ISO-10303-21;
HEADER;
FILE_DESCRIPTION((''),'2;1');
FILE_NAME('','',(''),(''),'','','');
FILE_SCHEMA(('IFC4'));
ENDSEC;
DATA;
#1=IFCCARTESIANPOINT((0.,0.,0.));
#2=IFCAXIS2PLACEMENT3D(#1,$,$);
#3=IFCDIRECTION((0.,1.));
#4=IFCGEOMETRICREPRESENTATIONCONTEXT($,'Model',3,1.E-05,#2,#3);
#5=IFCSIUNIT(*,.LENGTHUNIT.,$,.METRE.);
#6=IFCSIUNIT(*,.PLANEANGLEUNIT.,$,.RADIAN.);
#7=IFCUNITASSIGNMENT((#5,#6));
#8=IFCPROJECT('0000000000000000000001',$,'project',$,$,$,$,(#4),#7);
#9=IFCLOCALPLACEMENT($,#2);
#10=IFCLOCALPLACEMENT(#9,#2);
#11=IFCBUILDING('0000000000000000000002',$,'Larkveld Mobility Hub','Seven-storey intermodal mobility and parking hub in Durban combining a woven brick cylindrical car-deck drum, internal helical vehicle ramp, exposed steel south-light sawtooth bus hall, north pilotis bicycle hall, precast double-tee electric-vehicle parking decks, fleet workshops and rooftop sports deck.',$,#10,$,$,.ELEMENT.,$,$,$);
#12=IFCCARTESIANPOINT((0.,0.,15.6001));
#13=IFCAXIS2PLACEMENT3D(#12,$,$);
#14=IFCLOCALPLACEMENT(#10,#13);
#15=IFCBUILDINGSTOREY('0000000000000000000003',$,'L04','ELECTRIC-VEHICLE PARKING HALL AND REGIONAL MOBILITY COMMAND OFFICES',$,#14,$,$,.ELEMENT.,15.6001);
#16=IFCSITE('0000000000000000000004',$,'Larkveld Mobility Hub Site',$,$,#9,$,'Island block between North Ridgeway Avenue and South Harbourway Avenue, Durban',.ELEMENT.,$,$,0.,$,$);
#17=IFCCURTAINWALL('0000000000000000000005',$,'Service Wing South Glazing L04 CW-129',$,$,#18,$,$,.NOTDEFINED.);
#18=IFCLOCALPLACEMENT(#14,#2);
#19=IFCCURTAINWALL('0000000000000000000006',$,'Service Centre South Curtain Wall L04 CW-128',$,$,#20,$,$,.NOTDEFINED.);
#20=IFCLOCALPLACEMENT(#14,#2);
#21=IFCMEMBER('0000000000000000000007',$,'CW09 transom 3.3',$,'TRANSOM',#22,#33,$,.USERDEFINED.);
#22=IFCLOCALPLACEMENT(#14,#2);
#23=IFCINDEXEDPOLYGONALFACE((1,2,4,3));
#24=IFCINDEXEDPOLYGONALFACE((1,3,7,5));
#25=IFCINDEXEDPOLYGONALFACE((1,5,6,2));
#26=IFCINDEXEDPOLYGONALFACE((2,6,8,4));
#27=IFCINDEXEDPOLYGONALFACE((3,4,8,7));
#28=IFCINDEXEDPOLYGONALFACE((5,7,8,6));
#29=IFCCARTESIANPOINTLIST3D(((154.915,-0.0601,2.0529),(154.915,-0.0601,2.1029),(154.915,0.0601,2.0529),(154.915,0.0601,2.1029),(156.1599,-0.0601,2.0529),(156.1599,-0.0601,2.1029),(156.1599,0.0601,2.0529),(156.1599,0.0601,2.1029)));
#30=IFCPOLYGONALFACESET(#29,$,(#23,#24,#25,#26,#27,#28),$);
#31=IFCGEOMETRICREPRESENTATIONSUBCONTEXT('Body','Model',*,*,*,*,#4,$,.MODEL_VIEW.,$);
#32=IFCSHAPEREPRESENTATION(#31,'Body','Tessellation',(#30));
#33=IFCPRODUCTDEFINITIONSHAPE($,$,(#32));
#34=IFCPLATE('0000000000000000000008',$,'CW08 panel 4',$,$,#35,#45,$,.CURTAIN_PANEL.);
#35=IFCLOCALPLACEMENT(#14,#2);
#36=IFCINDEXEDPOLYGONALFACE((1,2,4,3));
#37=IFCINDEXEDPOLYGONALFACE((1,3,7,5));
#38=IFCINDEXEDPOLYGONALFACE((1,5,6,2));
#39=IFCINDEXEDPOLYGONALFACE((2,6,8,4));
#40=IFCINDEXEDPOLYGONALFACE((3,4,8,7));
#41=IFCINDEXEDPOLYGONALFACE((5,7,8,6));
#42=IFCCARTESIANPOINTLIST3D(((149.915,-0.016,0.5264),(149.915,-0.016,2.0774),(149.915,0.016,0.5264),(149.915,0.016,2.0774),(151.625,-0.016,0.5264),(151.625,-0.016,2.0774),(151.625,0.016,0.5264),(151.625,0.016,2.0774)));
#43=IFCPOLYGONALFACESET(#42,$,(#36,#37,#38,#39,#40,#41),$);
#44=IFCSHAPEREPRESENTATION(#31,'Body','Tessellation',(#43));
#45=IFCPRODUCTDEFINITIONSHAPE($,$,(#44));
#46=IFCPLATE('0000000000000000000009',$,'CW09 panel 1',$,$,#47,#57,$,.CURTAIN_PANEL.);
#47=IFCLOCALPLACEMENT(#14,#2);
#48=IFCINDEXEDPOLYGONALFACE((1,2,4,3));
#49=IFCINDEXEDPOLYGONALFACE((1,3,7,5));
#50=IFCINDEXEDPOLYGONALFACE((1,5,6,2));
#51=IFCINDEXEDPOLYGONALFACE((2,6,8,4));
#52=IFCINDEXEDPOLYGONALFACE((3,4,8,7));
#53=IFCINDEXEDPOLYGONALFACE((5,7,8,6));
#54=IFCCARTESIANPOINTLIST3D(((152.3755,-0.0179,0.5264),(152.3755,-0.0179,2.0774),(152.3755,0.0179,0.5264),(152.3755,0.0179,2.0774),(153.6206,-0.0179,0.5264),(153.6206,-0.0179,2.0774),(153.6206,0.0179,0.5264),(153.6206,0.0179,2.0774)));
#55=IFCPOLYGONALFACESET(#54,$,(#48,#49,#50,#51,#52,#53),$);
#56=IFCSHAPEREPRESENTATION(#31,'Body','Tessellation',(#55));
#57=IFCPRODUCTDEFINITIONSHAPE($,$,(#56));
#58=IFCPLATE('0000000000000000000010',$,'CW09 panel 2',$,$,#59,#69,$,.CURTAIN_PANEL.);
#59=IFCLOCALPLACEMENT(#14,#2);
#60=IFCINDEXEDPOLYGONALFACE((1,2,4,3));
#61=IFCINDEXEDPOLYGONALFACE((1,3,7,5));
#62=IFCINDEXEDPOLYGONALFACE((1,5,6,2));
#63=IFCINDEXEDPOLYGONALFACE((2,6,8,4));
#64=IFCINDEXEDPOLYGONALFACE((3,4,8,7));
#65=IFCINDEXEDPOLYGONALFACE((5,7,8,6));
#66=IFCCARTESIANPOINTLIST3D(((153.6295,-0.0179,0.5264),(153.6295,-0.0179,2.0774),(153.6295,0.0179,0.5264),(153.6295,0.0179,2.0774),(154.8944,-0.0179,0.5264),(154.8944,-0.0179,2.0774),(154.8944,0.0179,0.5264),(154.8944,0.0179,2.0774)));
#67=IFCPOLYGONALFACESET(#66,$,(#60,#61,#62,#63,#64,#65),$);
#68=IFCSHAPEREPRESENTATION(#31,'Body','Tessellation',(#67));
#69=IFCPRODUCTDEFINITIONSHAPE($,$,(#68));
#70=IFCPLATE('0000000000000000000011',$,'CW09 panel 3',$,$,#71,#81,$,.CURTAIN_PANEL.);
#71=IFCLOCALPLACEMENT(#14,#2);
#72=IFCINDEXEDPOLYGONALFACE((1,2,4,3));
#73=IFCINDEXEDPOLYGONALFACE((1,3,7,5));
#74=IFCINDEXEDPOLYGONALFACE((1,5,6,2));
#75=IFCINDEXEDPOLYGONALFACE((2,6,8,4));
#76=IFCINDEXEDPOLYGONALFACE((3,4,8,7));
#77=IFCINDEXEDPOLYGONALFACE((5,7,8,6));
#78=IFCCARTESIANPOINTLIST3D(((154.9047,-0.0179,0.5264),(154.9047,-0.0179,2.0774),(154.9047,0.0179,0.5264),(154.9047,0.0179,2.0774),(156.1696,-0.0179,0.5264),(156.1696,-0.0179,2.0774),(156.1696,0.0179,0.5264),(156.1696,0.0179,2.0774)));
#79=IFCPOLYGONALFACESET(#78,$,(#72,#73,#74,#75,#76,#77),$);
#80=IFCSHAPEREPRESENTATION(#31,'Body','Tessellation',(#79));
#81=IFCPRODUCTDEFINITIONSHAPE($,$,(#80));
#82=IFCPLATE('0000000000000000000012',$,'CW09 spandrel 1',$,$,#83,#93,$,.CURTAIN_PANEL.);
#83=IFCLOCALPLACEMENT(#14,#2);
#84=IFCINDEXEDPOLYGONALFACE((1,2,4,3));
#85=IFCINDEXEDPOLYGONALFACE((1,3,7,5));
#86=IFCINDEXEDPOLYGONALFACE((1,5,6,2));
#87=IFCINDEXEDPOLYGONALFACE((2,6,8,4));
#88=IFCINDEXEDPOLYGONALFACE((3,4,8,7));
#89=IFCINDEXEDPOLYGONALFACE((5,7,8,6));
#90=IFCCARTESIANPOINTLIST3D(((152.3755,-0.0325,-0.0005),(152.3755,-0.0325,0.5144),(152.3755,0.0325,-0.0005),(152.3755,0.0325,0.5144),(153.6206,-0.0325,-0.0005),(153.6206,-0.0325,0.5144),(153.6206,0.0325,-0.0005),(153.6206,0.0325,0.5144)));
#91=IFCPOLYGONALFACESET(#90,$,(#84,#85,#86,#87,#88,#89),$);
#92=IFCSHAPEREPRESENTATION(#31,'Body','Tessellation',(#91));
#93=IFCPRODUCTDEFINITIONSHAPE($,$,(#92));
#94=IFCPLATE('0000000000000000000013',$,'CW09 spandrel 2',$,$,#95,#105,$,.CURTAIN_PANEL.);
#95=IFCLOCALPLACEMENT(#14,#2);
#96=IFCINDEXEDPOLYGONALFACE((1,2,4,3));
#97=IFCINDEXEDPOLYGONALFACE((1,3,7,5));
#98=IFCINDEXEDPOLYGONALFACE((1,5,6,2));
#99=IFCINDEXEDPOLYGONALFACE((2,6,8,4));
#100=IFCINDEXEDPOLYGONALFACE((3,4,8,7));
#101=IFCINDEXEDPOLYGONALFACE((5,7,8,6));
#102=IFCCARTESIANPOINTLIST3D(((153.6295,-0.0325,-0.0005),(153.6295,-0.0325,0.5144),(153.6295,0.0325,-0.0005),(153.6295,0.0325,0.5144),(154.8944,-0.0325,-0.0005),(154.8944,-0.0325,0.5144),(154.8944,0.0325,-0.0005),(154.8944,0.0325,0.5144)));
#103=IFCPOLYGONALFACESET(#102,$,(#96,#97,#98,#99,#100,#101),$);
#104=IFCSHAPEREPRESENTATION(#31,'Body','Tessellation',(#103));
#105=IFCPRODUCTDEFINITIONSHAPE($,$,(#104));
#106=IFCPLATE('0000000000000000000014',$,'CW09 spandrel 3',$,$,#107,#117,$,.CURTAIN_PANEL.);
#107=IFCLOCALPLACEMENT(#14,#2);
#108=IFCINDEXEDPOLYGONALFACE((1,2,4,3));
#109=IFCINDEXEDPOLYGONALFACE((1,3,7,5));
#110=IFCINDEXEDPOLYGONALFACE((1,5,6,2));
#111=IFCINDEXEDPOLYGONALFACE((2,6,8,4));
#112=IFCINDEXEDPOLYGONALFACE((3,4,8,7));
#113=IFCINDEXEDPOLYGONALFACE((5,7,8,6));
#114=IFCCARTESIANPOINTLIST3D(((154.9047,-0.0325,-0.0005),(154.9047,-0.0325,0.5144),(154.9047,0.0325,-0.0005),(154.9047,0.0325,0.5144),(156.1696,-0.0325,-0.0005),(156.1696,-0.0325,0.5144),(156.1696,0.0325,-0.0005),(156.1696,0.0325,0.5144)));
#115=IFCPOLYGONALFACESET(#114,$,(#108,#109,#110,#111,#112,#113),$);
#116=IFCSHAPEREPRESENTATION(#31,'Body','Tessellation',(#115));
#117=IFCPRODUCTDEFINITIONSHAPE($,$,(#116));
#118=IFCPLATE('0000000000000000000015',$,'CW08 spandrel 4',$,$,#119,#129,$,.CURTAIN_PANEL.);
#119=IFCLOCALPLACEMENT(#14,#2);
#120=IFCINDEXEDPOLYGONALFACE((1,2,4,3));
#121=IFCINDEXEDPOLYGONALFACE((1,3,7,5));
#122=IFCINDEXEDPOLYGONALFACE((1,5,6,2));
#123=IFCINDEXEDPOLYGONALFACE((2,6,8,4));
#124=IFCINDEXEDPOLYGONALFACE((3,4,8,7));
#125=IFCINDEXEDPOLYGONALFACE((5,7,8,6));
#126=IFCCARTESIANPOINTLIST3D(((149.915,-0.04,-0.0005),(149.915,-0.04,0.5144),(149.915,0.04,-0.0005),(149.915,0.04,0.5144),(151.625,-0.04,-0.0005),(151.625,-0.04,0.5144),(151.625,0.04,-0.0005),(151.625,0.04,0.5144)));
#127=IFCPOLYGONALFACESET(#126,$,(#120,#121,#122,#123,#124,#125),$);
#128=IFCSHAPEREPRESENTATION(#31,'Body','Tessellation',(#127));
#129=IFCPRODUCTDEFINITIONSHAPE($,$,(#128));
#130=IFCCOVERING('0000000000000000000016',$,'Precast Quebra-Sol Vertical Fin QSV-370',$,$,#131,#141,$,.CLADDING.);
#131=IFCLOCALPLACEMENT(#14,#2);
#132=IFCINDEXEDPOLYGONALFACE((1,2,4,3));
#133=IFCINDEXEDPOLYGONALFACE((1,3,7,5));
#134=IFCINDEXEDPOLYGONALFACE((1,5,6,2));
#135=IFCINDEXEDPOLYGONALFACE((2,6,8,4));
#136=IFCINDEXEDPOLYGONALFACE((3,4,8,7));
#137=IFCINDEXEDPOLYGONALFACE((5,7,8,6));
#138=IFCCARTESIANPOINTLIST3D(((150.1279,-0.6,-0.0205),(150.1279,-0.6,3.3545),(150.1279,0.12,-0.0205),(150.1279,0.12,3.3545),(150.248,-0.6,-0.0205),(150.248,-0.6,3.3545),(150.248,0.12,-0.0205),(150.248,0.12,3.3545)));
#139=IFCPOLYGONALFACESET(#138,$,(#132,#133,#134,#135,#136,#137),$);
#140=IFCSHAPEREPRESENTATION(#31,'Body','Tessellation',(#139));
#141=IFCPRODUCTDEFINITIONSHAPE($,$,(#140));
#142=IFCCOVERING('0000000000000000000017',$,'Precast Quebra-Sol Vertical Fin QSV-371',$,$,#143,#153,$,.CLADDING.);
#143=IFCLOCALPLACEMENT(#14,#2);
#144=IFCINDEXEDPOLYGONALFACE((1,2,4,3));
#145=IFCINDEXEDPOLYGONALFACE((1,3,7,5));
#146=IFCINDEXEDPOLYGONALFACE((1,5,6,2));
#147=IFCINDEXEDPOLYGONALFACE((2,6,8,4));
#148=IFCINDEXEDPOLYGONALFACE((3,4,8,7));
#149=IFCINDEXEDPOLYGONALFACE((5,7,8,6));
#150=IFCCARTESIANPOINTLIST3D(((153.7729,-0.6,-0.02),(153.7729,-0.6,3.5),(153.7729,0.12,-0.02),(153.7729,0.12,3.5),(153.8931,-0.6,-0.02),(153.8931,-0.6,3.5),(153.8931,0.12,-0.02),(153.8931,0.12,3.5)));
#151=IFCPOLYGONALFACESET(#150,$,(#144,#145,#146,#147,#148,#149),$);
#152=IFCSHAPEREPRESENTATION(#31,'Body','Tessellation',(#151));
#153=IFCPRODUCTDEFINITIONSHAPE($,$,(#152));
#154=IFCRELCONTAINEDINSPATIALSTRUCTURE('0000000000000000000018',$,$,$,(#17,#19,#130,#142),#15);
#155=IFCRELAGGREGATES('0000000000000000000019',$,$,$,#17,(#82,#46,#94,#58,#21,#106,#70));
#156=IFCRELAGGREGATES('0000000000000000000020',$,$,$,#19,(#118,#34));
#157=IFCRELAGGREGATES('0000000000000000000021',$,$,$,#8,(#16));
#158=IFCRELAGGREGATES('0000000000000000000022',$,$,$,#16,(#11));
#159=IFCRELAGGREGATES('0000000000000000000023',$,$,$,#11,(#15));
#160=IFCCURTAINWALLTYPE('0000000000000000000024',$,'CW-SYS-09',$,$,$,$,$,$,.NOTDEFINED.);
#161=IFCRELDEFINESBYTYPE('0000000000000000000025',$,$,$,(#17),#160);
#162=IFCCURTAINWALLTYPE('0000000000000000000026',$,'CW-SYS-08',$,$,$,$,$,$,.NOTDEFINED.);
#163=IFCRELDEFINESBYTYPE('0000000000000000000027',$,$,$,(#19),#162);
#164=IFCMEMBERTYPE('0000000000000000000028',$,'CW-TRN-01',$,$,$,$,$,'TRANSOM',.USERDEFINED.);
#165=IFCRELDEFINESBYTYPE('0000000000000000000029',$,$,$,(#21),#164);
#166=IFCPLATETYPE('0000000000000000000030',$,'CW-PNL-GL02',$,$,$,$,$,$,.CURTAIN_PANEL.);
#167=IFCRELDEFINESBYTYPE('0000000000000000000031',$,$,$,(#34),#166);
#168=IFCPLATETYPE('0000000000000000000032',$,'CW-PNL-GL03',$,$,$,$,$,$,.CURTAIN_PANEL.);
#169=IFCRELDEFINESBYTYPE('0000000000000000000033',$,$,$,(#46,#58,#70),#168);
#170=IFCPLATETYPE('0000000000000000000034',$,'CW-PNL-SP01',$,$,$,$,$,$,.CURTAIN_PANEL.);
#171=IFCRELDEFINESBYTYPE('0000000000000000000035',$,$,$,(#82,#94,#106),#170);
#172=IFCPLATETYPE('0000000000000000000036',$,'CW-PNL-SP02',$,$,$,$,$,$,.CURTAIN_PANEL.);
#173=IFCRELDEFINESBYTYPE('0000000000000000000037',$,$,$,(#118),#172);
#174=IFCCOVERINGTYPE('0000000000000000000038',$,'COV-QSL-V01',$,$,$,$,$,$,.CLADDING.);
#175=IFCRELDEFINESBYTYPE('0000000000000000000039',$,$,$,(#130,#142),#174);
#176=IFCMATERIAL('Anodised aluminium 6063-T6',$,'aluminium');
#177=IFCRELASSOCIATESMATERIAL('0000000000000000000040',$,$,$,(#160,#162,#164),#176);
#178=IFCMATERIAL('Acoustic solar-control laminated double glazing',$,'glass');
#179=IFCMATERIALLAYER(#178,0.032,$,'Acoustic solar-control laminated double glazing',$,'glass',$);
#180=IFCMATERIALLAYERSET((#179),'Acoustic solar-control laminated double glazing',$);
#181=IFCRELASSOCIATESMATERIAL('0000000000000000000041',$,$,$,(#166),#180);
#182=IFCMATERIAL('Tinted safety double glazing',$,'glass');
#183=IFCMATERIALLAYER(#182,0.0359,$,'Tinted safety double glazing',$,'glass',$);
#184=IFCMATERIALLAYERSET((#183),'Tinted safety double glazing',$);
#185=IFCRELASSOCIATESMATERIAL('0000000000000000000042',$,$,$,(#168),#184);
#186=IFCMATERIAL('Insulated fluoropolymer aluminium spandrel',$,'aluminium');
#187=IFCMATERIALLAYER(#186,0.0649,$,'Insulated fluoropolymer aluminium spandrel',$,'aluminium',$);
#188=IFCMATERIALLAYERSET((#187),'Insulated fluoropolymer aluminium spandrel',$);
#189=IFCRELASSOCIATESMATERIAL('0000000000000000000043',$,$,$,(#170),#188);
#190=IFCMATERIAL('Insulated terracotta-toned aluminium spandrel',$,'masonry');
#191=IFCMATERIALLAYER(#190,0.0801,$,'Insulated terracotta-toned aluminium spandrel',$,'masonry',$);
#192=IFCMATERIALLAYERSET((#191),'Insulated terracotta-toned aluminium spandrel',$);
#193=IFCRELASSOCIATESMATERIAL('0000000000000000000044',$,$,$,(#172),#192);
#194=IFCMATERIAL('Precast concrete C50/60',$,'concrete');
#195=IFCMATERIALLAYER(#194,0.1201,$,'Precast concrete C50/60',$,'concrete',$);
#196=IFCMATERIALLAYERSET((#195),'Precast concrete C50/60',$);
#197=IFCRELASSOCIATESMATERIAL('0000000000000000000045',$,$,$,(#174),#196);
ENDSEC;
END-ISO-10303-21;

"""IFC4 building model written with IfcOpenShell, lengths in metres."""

from ifc_helpers import new_model, si_unit, direction, frame, origin, origin_2d, place, context, subcontext, project, spatial, rectangle, extrude, material, layer, layer_set, material_profile, profile_set, type_object, element, aggregate, save


model = new_model("IFC4")

# Units and contexts
model_context = context("Model", 3, precision=1e-05, world=origin(), true_north=direction((0.0, 1.0)))
body_context = subcontext(model_context, "Body", "Model", "MODEL_VIEW")
ifc_project = project(units=[si_unit("LENGTHUNIT", "METRE"), si_unit("PLANEANGLEUNIT", "RADIAN")], contexts=[model_context])

# Site, building, storey
site_placement = place(None, origin())
site = spatial("IfcSite", under=ifc_project, at=site_placement, Name="Larkveld Mobility Hub Site", LongName="Island block between North Ridgeway Avenue and South Harbourway Avenue, Durban", CompositionType="ELEMENT", RefElevation=0.0)
building_placement = place(site_placement, origin())
building = spatial("IfcBuilding", under=site, at=building_placement, Name="Larkveld Mobility Hub", Description="Seven-storey intermodal mobility and parking hub in Durban combining a woven brick cylindrical car-deck drum, internal helical vehicle ramp, exposed steel south-light sawtooth bus hall, north pilotis bicycle hall, precast double-tee electric-vehicle parking decks, fleet workshops and rooftop sports deck.", CompositionType="ELEMENT")
storey_placement = place(building_placement, frame((0.0, 0.0, 15.6001)))
storey = spatial("IfcBuildingStorey", under=building, at=storey_placement, Name="L04", Description="ELECTRIC-VEHICLE PARKING HALL AND REGIONAL MOBILITY COMMAND OFFICES", CompositionType="ELEMENT", Elevation=15.6001)

# Shared definitions
ifc_material_1 = material(Name="Precast concrete C50/60", Category="concrete")

# Curtain wall
ifc_material_2 = material(Name="Anodised aluminium 6063-T6", Category="aluminium")
curtain_wall_type_1 = type_object("IfcCurtainWallType", Name="CW-SYS-09", PredefinedType="NOTDEFINED", material=ifc_material_2)
curtain_wall_1_placement = place(storey_placement, origin())
curtain_wall_1 = element("IfcCurtainWall", 1, at=curtain_wall_1_placement, inside=storey, type_object=curtain_wall_type_1, Name="Service Wing South Glazing L04 CW-129", PredefinedType="NOTDEFINED")

# Curtain wall
curtain_wall_type_2 = type_object("IfcCurtainWallType", Name="CW-SYS-08", PredefinedType="NOTDEFINED", material=ifc_material_2)
curtain_wall_2_placement = place(storey_placement, origin())
curtain_wall_2 = element("IfcCurtainWall", 2, at=curtain_wall_2_placement, inside=storey, type_object=curtain_wall_type_2, Name="Service Centre South Curtain Wall L04 CW-128", PredefinedType="NOTDEFINED")

# Member
ifc_material_profile_1 = material_profile(ifc_material_2, rectangle(XDim=0.1201, YDim=0.05, at=origin_2d()), Name="ALU TRAN 50x120")
ifc_profile_set_1 = profile_set([ifc_material_profile_1], Name="Anodised aluminium 6063-T6")
member_type_1 = type_object("IfcMemberType", Name="CW-TRN-01", ElementType="TRANSOM", PredefinedType="USERDEFINED", material=ifc_profile_set_1)
member_1_placement = place(storey_placement, frame((154.915, 0.0, 2.0779), z_axis=(1.0, 0.0, 0.0), x_axis=(0.0, 1.0, 0.0)))
member_1 = element("IfcMember", 3, at=member_1_placement, type_object=member_type_1, Name="CW09 transom 3.3", ObjectType="TRANSOM", PredefinedType="USERDEFINED", context=body_context, shape_type="SweptSolid", body=[
    extrude(rectangle(XDim=0.1201, YDim=0.05, at=origin_2d()), origin(), (0.0, 0.0, 1.0), 1.2449),
])

# Plates
ifc_material_3 = material(Name="Acoustic solar-control laminated double glazing", Category="glass")
ifc_layer_1 = layer(ifc_material_3, 0.032, Name="Acoustic solar-control laminated double glazing", Category="glass")
ifc_layer_set_1 = layer_set([ifc_layer_1], Name="Acoustic solar-control laminated double glazing")
plate_type_1 = type_object("IfcPlateType", Name="CW-PNL-GL02", PredefinedType="CURTAIN_PANEL", material=ifc_layer_set_1)
plate_1_placement = place(storey_placement, frame((150.77, 0.0, 0.5264), z_axis=(0.0, 0.0, 1.0), x_axis=(1.0, 0.0, 0.0)))
plate_1 = element("IfcPlate", 4, at=plate_1_placement, type_object=plate_type_1, Name="CW08 panel 4", PredefinedType="CURTAIN_PANEL", context=body_context, shape_type="SweptSolid", body=[
    extrude(rectangle(XDim=1.71, YDim=0.032, at=origin_2d()), origin(), (0.0, 0.0, 1.0), 1.551),
])
ifc_material_4 = material(Name="Tinted safety double glazing", Category="glass")
ifc_layer_2 = layer(ifc_material_4, 0.0359, Name="Tinted safety double glazing", Category="glass")
ifc_layer_set_2 = layer_set([ifc_layer_2], Name="Tinted safety double glazing")
plate_type_2 = type_object("IfcPlateType", Name="CW-PNL-GL03", PredefinedType="CURTAIN_PANEL", material=ifc_layer_set_2)
plate_2_placement = place(storey_placement, frame((152.998, 0.0, 0.5264), z_axis=(0.0, 0.0, 1.0), x_axis=(1.0, 0.0, 0.0)))
plate_2 = element("IfcPlate", 5, at=plate_2_placement, type_object=plate_type_2, Name="CW09 panel 1", PredefinedType="CURTAIN_PANEL", context=body_context, shape_type="SweptSolid", body=[
    extrude(rectangle(XDim=1.2451, YDim=0.0359, at=origin_2d()), origin(), (0.0, 0.0, 1.0), 1.551),
])
plate_3_placement = place(storey_placement, frame((154.262, 0.0, 0.5264), z_axis=(0.0, 0.0, 1.0), x_axis=(1.0, 0.0, 0.0)))
plate_3 = element("IfcPlate", 6, at=plate_3_placement, type_object=plate_type_2, Name="CW09 panel 2", PredefinedType="CURTAIN_PANEL", context=body_context, shape_type="SweptSolid", body=[
    extrude(rectangle(XDim=1.2649, YDim=0.0359, at=origin_2d()), origin(), (0.0, 0.0, 1.0), 1.551),
])
plate_4_placement = place(storey_placement, frame((155.5371, 0.0, 0.5264), z_axis=(0.0, 0.0, 1.0), x_axis=(1.0, 0.0, 0.0)))
plate_4 = element("IfcPlate", 7, at=plate_4_placement, type_object=plate_type_2, Name="CW09 panel 3", PredefinedType="CURTAIN_PANEL", context=body_context, shape_type="SweptSolid", body=[
    extrude(rectangle(XDim=1.2649, YDim=0.0359, at=origin_2d()), origin(), (0.0, 0.0, 1.0), 1.551),
])
ifc_material_5 = material(Name="Insulated fluoropolymer aluminium spandrel", Category="aluminium")
ifc_layer_3 = layer(ifc_material_5, 0.0649, Name="Insulated fluoropolymer aluminium spandrel", Category="aluminium")
ifc_layer_set_3 = layer_set([ifc_layer_3], Name="Insulated fluoropolymer aluminium spandrel")
plate_type_3 = type_object("IfcPlateType", Name="CW-PNL-SP01", PredefinedType="CURTAIN_PANEL", material=ifc_layer_set_3)
plate_5_placement = place(storey_placement, frame((152.998, 0.0, -0.0005), z_axis=(0.0, 0.0, 1.0), x_axis=(1.0, 0.0, 0.0)))
plate_5 = element("IfcPlate", 8, at=plate_5_placement, type_object=plate_type_3, Name="CW09 spandrel 1", PredefinedType="CURTAIN_PANEL", context=body_context, shape_type="SweptSolid", body=[
    extrude(rectangle(XDim=1.2451, YDim=0.0649, at=origin_2d()), origin(), (0.0, 0.0, 1.0), 0.5149),
])
plate_6_placement = place(storey_placement, frame((154.262, 0.0, -0.0005), z_axis=(0.0, 0.0, 1.0), x_axis=(1.0, 0.0, 0.0)))
plate_6 = element("IfcPlate", 9, at=plate_6_placement, type_object=plate_type_3, Name="CW09 spandrel 2", PredefinedType="CURTAIN_PANEL", context=body_context, shape_type="SweptSolid", body=[
    extrude(rectangle(XDim=1.2649, YDim=0.0649, at=origin_2d()), origin(), (0.0, 0.0, 1.0), 0.5149),
])
plate_7_placement = place(storey_placement, frame((155.5371, 0.0, -0.0005), z_axis=(0.0, 0.0, 1.0), x_axis=(1.0, 0.0, 0.0)))
plate_7 = element("IfcPlate", 10, at=plate_7_placement, type_object=plate_type_3, Name="CW09 spandrel 3", PredefinedType="CURTAIN_PANEL", context=body_context, shape_type="SweptSolid", body=[
    extrude(rectangle(XDim=1.2649, YDim=0.0649, at=origin_2d()), origin(), (0.0, 0.0, 1.0), 0.5149),
])
aggregate(curtain_wall_1, [plate_5, plate_2, plate_6, plate_3, member_1, plate_7, plate_4])
ifc_material_6 = material(Name="Insulated terracotta-toned aluminium spandrel", Category="masonry")
ifc_layer_4 = layer(ifc_material_6, 0.0801, Name="Insulated terracotta-toned aluminium spandrel", Category="masonry")
ifc_layer_set_4 = layer_set([ifc_layer_4], Name="Insulated terracotta-toned aluminium spandrel")
plate_type_4 = type_object("IfcPlateType", Name="CW-PNL-SP02", PredefinedType="CURTAIN_PANEL", material=ifc_layer_set_4)
plate_8_placement = place(storey_placement, frame((150.77, 0.0, -0.0005), z_axis=(0.0, 0.0, 1.0), x_axis=(1.0, 0.0, 0.0)))
plate_8 = element("IfcPlate", 11, at=plate_8_placement, type_object=plate_type_4, Name="CW08 spandrel 4", PredefinedType="CURTAIN_PANEL", context=body_context, shape_type="SweptSolid", body=[
    extrude(rectangle(XDim=1.71, YDim=0.0801, at=origin_2d()), origin(), (0.0, 0.0, 1.0), 0.5149),
])
aggregate(curtain_wall_2, [plate_8, plate_1])

# Coverings
ifc_layer_5 = layer(ifc_material_1, 0.1201, Name="Precast concrete C50/60", Category="concrete")
ifc_layer_set_5 = layer_set([ifc_layer_5], Name="Precast concrete C50/60")
covering_type = type_object("IfcCoveringType", Name="COV-QSL-V01", PredefinedType="CLADDING", material=ifc_layer_set_5)
covering_1_placement = place(storey_placement, frame((150.188, -0.24, -0.0205), z_axis=(0.0, 0.0, 1.0), x_axis=(1.0, 0.0, 0.0)))
element("IfcCovering", 12, at=covering_1_placement, inside=storey, type_object=covering_type, Name="Precast Quebra-Sol Vertical Fin QSV-370", PredefinedType="CLADDING", context=body_context, shape_type="SweptSolid", body=[
    extrude(rectangle(XDim=0.1201, YDim=0.72, at=origin_2d()), origin(), (0.0, 0.0, 1.0), 3.375),
])
covering_2_placement = place(storey_placement, frame((153.833, -0.24, -0.02), z_axis=(0.0, 0.0, 1.0), x_axis=(1.0, 0.0, 0.0)))
element("IfcCovering", 13, at=covering_2_placement, inside=storey, type_object=covering_type, Name="Precast Quebra-Sol Vertical Fin QSV-371", PredefinedType="CLADDING", context=body_context, shape_type="SweptSolid", body=[
    extrude(rectangle(XDim=0.1201, YDim=0.72, at=origin_2d()), origin(), (0.0, 0.0, 1.0), 3.52),
])

save(model, "model.ifc")
